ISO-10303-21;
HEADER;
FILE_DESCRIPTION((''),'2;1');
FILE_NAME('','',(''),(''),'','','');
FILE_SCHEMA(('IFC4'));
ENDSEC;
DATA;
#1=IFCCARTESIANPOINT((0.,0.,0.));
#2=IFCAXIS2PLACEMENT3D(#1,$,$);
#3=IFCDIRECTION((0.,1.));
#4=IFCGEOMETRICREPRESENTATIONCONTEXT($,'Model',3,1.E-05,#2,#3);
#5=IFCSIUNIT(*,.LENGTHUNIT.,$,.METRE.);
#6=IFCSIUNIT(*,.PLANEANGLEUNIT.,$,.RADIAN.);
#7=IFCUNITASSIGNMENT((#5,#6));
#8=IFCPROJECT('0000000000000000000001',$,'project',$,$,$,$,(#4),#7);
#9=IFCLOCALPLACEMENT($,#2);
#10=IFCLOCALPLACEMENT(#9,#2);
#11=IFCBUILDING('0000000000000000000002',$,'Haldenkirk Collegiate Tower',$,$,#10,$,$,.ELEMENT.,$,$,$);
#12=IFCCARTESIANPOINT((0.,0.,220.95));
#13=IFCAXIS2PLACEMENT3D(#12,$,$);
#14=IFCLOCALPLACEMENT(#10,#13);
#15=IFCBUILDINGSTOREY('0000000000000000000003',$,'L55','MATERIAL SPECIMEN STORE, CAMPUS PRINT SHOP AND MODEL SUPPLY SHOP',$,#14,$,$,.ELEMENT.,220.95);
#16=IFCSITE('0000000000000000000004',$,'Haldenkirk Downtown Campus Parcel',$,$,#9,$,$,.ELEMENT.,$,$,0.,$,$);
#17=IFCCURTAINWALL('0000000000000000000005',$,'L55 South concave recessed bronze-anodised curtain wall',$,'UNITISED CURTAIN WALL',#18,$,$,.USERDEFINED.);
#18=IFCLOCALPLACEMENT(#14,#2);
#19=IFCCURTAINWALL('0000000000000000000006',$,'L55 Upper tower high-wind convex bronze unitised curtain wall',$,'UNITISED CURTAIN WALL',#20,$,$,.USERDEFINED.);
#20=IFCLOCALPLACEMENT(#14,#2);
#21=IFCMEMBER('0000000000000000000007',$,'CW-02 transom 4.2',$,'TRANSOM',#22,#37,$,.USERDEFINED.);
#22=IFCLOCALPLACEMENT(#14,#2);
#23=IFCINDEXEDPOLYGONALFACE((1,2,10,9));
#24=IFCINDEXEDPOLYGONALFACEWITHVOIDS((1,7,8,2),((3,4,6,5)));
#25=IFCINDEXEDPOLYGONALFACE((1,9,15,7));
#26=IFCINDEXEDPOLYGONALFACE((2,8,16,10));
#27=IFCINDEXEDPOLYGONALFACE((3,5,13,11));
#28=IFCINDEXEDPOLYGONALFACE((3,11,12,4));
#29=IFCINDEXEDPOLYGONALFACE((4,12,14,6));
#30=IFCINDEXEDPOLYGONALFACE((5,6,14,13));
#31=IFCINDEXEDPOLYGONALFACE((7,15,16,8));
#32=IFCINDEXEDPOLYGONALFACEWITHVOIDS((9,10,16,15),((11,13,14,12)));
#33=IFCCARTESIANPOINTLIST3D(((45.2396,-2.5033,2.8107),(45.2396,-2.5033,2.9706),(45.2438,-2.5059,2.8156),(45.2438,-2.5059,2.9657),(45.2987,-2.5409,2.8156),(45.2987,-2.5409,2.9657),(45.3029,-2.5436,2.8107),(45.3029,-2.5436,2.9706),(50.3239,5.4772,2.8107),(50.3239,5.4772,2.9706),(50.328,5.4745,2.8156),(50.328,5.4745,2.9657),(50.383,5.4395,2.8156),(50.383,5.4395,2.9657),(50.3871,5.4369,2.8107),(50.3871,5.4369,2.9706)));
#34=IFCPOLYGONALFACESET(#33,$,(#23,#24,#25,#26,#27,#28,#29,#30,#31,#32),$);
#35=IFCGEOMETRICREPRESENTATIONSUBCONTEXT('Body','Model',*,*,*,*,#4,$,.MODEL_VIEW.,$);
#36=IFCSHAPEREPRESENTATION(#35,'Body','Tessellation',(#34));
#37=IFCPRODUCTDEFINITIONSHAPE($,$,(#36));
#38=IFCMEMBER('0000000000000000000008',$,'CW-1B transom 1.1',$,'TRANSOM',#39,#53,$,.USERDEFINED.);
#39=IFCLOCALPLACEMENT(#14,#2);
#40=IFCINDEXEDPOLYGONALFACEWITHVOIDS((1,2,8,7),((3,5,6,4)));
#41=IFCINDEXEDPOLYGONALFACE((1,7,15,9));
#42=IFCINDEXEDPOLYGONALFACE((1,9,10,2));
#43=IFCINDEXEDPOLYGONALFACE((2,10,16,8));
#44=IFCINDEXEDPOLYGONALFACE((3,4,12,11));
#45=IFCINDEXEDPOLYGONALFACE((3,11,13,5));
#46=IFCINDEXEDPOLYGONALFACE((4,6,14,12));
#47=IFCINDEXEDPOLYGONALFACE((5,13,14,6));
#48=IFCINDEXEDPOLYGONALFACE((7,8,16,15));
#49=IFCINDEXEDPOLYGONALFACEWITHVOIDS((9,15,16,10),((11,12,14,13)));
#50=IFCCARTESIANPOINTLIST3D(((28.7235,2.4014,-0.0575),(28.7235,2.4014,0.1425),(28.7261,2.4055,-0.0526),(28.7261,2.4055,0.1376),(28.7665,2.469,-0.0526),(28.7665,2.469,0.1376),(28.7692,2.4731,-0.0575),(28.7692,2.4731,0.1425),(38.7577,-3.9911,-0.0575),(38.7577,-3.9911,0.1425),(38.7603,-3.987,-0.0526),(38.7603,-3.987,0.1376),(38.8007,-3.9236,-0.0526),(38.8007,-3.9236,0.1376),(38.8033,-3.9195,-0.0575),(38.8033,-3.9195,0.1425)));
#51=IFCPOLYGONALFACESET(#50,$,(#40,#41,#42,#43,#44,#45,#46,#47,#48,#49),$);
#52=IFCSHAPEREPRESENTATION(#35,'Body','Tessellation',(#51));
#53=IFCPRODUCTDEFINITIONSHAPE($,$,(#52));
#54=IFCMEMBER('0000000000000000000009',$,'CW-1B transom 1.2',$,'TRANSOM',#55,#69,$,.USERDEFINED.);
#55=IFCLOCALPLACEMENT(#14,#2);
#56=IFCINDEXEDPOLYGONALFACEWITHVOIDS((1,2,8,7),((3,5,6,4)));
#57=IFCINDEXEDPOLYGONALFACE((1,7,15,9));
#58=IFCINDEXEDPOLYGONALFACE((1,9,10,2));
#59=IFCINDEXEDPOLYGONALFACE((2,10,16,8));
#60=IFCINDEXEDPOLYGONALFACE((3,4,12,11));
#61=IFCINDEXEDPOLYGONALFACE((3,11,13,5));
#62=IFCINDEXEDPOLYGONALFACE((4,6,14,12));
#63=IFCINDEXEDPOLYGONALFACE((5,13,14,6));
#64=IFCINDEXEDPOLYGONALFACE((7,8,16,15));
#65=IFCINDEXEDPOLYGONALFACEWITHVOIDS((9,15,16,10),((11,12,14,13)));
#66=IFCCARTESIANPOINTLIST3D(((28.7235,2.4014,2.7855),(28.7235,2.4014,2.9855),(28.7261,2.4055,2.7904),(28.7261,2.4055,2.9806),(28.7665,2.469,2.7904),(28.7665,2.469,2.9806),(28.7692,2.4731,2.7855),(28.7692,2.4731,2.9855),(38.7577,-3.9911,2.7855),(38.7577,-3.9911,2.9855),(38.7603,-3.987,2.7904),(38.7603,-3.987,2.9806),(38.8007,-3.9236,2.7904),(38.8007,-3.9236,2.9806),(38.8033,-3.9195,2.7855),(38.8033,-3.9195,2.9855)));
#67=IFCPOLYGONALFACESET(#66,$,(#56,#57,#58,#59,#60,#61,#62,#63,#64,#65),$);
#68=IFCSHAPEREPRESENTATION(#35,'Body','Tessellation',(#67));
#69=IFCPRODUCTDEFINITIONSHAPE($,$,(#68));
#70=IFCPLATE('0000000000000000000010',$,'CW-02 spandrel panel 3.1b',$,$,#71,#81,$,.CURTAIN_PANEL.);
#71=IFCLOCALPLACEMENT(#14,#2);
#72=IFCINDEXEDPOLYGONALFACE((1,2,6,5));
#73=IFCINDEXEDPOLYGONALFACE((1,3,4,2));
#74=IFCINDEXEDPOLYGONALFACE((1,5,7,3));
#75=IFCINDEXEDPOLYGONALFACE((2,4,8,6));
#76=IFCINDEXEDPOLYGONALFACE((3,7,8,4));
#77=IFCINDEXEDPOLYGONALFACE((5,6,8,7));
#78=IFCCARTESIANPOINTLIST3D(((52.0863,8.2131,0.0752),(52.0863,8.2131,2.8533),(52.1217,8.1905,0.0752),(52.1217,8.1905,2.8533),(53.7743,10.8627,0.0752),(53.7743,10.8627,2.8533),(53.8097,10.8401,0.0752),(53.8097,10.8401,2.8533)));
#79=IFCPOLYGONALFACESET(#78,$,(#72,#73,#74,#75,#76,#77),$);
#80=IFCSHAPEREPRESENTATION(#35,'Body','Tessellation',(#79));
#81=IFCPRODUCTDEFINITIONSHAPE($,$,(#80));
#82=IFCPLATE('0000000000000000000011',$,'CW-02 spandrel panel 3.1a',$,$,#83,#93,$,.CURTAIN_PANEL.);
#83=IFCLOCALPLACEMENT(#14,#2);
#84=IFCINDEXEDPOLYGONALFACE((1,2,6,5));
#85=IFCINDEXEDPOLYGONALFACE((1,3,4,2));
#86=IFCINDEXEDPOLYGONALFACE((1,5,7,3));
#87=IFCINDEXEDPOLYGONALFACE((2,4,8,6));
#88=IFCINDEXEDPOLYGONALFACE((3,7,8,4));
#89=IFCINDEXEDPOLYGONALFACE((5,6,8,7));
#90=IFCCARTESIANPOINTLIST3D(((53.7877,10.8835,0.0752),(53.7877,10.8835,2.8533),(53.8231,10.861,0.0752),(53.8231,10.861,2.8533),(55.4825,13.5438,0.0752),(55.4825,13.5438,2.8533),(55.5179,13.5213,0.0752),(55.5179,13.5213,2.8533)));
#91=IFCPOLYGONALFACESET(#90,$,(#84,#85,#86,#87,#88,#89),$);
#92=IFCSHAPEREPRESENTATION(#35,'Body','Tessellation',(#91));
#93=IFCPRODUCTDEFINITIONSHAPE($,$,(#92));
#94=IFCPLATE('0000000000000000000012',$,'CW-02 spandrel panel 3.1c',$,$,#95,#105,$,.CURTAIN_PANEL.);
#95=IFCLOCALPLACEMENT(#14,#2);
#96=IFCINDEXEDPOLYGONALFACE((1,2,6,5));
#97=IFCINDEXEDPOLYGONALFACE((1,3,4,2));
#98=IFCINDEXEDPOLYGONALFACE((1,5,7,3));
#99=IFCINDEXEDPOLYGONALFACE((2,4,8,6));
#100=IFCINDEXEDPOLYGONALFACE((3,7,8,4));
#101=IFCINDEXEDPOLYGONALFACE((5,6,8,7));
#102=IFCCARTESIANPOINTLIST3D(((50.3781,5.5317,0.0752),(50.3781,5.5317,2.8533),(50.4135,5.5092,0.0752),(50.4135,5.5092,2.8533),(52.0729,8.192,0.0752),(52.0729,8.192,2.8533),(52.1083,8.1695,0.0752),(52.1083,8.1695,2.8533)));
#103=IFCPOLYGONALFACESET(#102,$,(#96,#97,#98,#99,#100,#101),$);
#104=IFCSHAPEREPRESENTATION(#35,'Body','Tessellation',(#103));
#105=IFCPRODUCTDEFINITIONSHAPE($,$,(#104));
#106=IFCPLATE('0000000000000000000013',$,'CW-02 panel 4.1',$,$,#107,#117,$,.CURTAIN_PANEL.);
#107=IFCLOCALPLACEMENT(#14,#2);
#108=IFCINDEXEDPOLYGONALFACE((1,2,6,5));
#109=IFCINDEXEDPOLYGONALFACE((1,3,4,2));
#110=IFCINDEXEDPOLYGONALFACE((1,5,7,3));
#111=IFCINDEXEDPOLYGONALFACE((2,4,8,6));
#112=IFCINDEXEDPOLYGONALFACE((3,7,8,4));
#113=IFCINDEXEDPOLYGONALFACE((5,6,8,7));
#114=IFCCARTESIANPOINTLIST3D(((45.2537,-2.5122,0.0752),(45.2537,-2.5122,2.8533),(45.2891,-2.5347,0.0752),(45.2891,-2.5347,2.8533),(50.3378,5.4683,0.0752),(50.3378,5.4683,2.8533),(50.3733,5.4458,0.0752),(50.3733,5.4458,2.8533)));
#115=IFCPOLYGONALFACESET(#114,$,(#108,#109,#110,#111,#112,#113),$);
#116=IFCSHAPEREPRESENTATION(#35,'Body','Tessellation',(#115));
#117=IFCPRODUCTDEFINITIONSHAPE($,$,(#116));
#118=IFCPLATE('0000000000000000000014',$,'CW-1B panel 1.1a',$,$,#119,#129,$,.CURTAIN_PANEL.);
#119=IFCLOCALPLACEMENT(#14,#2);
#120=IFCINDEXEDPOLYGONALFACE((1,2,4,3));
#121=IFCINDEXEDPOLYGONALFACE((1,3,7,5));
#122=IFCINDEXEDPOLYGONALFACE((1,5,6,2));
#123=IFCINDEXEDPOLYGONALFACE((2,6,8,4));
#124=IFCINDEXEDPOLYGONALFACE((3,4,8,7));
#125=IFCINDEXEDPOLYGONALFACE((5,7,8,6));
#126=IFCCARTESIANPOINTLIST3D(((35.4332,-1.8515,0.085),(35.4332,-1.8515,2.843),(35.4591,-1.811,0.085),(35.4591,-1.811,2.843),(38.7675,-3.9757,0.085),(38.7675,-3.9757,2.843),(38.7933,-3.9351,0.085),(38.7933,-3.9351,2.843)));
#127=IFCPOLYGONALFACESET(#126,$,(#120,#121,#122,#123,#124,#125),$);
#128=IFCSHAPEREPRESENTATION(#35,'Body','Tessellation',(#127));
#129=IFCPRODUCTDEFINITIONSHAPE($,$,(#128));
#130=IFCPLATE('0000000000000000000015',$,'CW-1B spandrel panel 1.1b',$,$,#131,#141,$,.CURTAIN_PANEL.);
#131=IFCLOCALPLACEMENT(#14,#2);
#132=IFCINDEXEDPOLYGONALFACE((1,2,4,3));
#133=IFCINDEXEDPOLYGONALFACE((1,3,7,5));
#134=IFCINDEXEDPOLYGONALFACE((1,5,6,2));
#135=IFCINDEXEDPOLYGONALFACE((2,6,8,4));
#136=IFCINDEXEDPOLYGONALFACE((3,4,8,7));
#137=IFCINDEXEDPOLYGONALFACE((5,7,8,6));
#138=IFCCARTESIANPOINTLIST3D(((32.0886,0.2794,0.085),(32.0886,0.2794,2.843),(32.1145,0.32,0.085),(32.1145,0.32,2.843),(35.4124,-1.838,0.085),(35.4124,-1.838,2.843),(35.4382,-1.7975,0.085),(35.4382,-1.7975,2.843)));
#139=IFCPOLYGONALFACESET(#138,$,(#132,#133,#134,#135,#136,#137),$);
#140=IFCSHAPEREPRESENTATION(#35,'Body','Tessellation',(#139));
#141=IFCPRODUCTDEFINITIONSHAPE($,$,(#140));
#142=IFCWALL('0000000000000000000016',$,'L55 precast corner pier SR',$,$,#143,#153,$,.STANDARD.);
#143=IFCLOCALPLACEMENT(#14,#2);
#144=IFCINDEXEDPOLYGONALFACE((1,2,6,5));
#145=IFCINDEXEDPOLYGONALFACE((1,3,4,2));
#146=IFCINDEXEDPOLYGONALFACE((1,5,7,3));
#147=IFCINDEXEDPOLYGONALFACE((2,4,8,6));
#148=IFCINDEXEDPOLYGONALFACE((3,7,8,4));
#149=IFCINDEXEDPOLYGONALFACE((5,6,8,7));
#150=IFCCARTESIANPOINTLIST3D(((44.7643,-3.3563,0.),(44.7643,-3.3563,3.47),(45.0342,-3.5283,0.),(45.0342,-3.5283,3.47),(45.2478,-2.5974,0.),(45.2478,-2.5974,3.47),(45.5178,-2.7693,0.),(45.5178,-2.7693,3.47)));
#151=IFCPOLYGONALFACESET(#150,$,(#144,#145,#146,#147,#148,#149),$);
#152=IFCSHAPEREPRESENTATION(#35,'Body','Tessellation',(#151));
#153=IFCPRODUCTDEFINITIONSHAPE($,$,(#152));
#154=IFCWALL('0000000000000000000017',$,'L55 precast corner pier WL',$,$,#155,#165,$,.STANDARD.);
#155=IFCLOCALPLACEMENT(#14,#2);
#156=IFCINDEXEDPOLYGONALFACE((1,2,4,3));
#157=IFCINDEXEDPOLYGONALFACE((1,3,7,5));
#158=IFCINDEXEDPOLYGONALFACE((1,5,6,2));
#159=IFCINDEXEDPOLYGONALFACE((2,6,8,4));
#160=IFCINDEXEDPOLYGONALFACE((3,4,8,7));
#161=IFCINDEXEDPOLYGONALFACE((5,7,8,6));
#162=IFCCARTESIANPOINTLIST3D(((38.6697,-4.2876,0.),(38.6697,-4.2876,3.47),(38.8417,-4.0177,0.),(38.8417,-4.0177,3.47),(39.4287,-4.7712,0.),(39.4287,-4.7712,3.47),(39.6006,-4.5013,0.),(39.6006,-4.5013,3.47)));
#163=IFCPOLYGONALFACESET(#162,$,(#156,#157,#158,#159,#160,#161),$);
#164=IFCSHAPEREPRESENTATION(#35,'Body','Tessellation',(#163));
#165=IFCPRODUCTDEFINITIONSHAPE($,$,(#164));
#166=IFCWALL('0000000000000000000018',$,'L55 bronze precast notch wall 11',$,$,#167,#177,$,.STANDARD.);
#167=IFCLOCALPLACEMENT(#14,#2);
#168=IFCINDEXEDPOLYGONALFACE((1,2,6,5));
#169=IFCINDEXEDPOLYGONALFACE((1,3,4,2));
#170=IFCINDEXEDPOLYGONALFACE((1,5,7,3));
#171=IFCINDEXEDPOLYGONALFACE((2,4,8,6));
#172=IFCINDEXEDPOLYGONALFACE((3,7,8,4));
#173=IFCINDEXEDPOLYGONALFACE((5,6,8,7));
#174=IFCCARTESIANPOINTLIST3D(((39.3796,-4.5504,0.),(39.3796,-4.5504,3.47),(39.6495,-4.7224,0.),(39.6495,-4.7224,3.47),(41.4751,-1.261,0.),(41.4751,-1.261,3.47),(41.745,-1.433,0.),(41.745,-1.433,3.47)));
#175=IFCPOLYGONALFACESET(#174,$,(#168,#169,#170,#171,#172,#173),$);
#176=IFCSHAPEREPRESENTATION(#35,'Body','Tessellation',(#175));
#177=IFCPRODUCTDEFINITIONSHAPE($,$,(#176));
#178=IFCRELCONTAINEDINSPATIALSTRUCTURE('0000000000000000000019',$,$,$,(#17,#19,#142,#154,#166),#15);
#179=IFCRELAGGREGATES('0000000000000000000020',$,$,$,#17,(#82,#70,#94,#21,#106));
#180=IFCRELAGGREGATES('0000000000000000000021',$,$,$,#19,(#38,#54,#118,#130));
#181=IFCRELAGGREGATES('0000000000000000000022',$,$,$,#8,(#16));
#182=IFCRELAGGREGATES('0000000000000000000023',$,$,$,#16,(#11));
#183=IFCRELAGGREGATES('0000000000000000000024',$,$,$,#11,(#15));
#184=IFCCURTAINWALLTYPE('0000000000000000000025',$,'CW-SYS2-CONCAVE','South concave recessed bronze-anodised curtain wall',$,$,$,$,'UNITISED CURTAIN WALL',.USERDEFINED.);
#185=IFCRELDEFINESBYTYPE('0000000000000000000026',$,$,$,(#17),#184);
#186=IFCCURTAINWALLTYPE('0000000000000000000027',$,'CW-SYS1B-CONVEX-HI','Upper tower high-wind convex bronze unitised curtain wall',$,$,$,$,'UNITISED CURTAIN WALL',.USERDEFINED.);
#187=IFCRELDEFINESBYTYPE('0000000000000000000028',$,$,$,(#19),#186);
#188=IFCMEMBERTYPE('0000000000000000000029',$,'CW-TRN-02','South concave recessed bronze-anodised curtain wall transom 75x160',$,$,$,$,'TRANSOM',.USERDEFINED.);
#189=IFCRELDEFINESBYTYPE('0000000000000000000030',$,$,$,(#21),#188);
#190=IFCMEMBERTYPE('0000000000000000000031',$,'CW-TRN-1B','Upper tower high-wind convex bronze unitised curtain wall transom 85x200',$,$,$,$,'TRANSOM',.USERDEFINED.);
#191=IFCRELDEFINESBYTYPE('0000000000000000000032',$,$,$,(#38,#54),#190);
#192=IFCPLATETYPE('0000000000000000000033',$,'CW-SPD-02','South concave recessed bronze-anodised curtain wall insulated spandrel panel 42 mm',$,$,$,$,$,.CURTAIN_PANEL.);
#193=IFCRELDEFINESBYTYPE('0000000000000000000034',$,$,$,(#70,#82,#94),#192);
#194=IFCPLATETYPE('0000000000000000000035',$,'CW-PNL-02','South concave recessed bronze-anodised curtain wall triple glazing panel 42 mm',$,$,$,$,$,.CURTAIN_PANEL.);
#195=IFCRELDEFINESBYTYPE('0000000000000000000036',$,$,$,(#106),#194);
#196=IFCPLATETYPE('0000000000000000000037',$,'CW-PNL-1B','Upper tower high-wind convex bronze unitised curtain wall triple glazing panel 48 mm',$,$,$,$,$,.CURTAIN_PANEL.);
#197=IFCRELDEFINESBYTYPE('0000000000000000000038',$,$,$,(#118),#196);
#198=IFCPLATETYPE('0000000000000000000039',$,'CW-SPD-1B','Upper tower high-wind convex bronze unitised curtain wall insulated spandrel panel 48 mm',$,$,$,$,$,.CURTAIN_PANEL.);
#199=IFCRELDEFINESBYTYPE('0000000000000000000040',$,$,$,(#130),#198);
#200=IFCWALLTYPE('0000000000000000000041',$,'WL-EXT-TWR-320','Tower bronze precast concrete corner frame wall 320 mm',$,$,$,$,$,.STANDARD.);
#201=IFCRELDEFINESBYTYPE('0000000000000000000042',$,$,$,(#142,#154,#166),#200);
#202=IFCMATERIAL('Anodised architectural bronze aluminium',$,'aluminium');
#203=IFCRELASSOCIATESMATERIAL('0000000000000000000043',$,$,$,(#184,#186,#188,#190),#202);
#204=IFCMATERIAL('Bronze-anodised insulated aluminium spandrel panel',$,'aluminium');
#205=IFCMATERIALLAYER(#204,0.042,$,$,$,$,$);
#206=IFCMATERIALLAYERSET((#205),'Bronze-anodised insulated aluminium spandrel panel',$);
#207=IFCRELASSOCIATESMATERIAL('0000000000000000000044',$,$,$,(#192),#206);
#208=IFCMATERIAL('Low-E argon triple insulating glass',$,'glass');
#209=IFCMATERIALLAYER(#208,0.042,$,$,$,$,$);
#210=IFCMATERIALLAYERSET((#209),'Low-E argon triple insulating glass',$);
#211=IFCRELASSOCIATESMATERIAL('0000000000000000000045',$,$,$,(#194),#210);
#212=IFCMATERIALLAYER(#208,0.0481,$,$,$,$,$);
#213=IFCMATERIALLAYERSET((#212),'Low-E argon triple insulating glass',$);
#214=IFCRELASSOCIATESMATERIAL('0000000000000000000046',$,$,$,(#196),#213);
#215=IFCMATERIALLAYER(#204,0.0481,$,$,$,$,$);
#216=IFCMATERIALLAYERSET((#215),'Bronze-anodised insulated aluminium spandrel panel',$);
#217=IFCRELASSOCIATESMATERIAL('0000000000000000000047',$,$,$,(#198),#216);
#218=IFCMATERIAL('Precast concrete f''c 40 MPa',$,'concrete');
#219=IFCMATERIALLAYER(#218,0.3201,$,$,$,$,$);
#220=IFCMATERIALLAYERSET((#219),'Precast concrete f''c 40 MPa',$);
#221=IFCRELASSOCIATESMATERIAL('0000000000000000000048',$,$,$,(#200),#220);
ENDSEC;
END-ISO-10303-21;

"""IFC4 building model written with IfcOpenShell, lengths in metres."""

from ifc_helpers import new_model, si_unit, direction, frame, frame_2d, origin, origin_2d, place, context, subcontext, project, spatial, rectangle, hollow_rectangle, extrude, source, transform, mapped, material, layer, layer_set, material_profile, profile_set, type_object, element, aggregate, save


model = new_model("IFC4")

# Units and contexts
model_context = context("Model", 3, precision=1e-05, world=origin(), true_north=direction((0.0, 1.0)))
body_context = subcontext(model_context, "Body", "Model", "MODEL_VIEW")
ifc_project = project(units=[si_unit("LENGTHUNIT", "METRE"), si_unit("PLANEANGLEUNIT", "RADIAN")], contexts=[model_context])

# Site, building, storey
site_placement = place(None, origin())
site = spatial("IfcSite", under=ifc_project, at=site_placement, Name="Haldenkirk Downtown Campus Parcel", CompositionType="ELEMENT", RefElevation=0.0)
building_placement = place(site_placement, origin())
building = spatial("IfcBuilding", under=site, at=building_placement, Name="Haldenkirk Collegiate Tower", CompositionType="ELEMENT")
storey_placement = place(building_placement, frame((0.0, 0.0, 220.95)))
storey = spatial("IfcBuildingStorey", under=building, at=storey_placement, Name="L55", Description="MATERIAL SPECIMEN STORE, CAMPUS PRINT SHOP AND MODEL SUPPLY SHOP", CompositionType="ELEMENT", Elevation=220.95)

# Curtain wall
ifc_material_1 = material(Name="Anodised architectural bronze aluminium", Category="aluminium")
curtain_wall_type_1 = type_object("IfcCurtainWallType", Name="CW-SYS2-CONCAVE", Description="South concave recessed bronze-anodised curtain wall", ElementType="UNITISED CURTAIN WALL", PredefinedType="USERDEFINED", material=ifc_material_1)
curtain_wall_1_placement = place(storey_placement, origin())
curtain_wall_1 = element("IfcCurtainWall", 1, at=curtain_wall_1_placement, inside=storey, type_object=curtain_wall_type_1, Name="L55 South concave recessed bronze-anodised curtain wall", ObjectType="UNITISED CURTAIN WALL", PredefinedType="USERDEFINED")

# Curtain wall
curtain_wall_type_2 = type_object("IfcCurtainWallType", Name="CW-SYS1B-CONVEX-HI", Description="Upper tower high-wind convex bronze unitised curtain wall", ElementType="UNITISED CURTAIN WALL", PredefinedType="USERDEFINED", material=ifc_material_1)
curtain_wall_2_placement = place(storey_placement, origin())
curtain_wall_2 = element("IfcCurtainWall", 2, at=curtain_wall_2_placement, inside=storey, type_object=curtain_wall_type_2, Name="L55 Upper tower high-wind convex bronze unitised curtain wall", ObjectType="UNITISED CURTAIN WALL", PredefinedType="USERDEFINED")

# Members
ifc_material_profile_1 = material_profile(ifc_material_1, hollow_rectangle(XDim=0.075, YDim=0.1599, WallThickness=0.0049, at=origin_2d()), Name="CW-TRN-02")
ifc_profile_set_1 = profile_set([ifc_material_profile_1], Name="Anodised architectural bronze aluminium")
member_type_1 = type_object("IfcMemberType", Name="CW-TRN-02", Description="South concave recessed bronze-anodised curtain wall transom 75x160", ElementType="TRANSOM", PredefinedType="USERDEFINED", material=ifc_profile_set_1)
member_1_placement = place(storey_placement, frame((50.3555, 5.457, 2.8906), z_axis=(-0.537308, -0.843386, 0.0), x_axis=(0.843386, -0.537308, 0.0)))
member_1 = element("IfcMember", 3, at=member_1_placement, type_object=member_type_1, Name="CW-02 transom 4.2", ObjectType="TRANSOM", PredefinedType="USERDEFINED", context=body_context, shape_type="SweptSolid", body=[
    extrude(hollow_rectangle(XDim=0.075, YDim=0.1599, WallThickness=0.0049, at=origin_2d()), origin(), (0.0, 0.0, 1.0), 9.4624),
])
ifc_material_profile_2 = material_profile(ifc_material_1, hollow_rectangle(XDim=0.085, YDim=0.2, WallThickness=0.0049, at=origin_2d()), Name="CW-TRN-1B")
ifc_profile_set_2 = profile_set([ifc_material_profile_2], Name="Anodised architectural bronze aluminium")
member_type_2 = type_object("IfcMemberType", Name="CW-TRN-1B", Description="Upper tower high-wind convex bronze unitised curtain wall transom 85x200", ElementType="TRANSOM", PredefinedType="USERDEFINED", material=ifc_profile_set_2)
member_2_placement = place(storey_placement, frame((38.7805, -3.9553, 0.0425), z_axis=(-0.843388, 0.537306, 0.0), x_axis=(-0.537306, -0.843388, 0.0)))
member_2 = element("IfcMember", 4, at=member_2_placement, type_object=member_type_2, Name="CW-1B transom 1.1", ObjectType="TRANSOM", PredefinedType="USERDEFINED", context=body_context, shape_type="SweptSolid", body=[
    extrude(hollow_rectangle(XDim=0.085, YDim=0.2, WallThickness=0.0049, at=origin_2d()), origin(), (0.0, 0.0, 1.0), 11.8975),
])
member_3_placement = place(storey_placement, frame((38.7805, -3.9553, 2.8855), z_axis=(-0.843388, 0.537306, 0.0), x_axis=(-0.537306, -0.843388, 0.0)))
member_3 = element("IfcMember", 5, at=member_3_placement, type_object=member_type_2, Name="CW-1B transom 1.2", ObjectType="TRANSOM", PredefinedType="USERDEFINED", context=body_context, shape_type="SweptSolid", body=[
    extrude(hollow_rectangle(XDim=0.085, YDim=0.2, WallThickness=0.0049, at=origin_2d()), origin(), (0.0, 0.0, 1.0), 11.8975),
])

# Plates
ifc_material_2 = material(Name="Bronze-anodised insulated aluminium spandrel panel", Category="aluminium")
ifc_layer_1 = layer(ifc_material_2, 0.042)
ifc_layer_set_1 = layer_set([ifc_layer_1], Name="Bronze-anodised insulated aluminium spandrel panel")
plate_type_1 = type_object("IfcPlateType", Name="CW-SPD-02", Description="South concave recessed bronze-anodised curtain wall insulated spandrel panel 42 mm", PredefinedType="CURTAIN_PANEL", material=ifc_layer_set_1)
shared_shape_1 = source(origin(), body_context, "Body", "SweptSolid", [
    extrude(rectangle(XDim=3.1416, YDim=0.042, at=origin_2d()), origin(), (0.0, 0.0, 1.0), 2.7781),
])
plate_1_placement = place(storey_placement, frame((52.948, 9.5266, 0.0752), z_axis=(0.0, 0.0, 1.0), x_axis=(-0.537301, -0.84339, 0.0)))
plate_1 = element("IfcPlate", 6, at=plate_1_placement, type_object=plate_type_1, Name="CW-02 spandrel panel 3.1b", PredefinedType="CURTAIN_PANEL", context=body_context, shape_type="MappedRepresentation", body=[
    mapped(shared_shape_1, transform((0.0, 0.0, 0.0), x_axis=(1.0, 0.0, 0.0), y_axis=(0.0, 1.0, 0.0), z_axis=(0.0, 0.0, 1.0), scale=1.0)),
])
shared_shape_2 = source(origin(), body_context, "Body", "SweptSolid", [
    extrude(rectangle(XDim=3.1543, YDim=0.042, at=origin_2d()), origin(), (0.0, 0.0, 1.0), 2.7781),
])
plate_2_placement = place(storey_placement, frame((54.6528, 12.2024, 0.0752), z_axis=(0.0, 0.0, 1.0), x_axis=(-0.537301, -0.84339, 0.0)))
plate_2 = element("IfcPlate", 7, at=plate_2_placement, type_object=plate_type_1, Name="CW-02 spandrel panel 3.1a", PredefinedType="CURTAIN_PANEL", context=body_context, shape_type="MappedRepresentation", body=[
    mapped(shared_shape_2, transform((0.0, 0.0, 0.0), x_axis=(1.0, 0.0, 0.0), y_axis=(0.0, 1.0, 0.0), z_axis=(0.0, 0.0, 1.0), scale=1.0)),
])
plate_3_placement = place(storey_placement, frame((51.2432, 6.8506, 0.0752), z_axis=(0.0, 0.0, 1.0), x_axis=(-0.537301, -0.84339, 0.0)))
plate_3 = element("IfcPlate", 8, at=plate_3_placement, type_object=plate_type_1, Name="CW-02 spandrel panel 3.1c", PredefinedType="CURTAIN_PANEL", context=body_context, shape_type="MappedRepresentation", body=[
    mapped(shared_shape_2, transform((0.0, 0.0, 0.0), x_axis=(1.0, 0.0, 0.0), y_axis=(0.0, 1.0, 0.0), z_axis=(0.0, 0.0, 1.0), scale=1.0)),
])
ifc_material_3 = material(Name="Low-E argon triple insulating glass", Category="glass")
ifc_layer_2 = layer(ifc_material_3, 0.042)
ifc_layer_set_2 = layer_set([ifc_layer_2], Name="Low-E argon triple insulating glass")
plate_type_2 = type_object("IfcPlateType", Name="CW-PNL-02", Description="South concave recessed bronze-anodised curtain wall triple glazing panel 42 mm", PredefinedType="CURTAIN_PANEL", material=ifc_layer_set_2)
shared_shape_3 = source(origin(), body_context, "Body", "SweptSolid", [
    extrude(rectangle(XDim=9.4624, YDim=0.042, at=origin_2d()), origin(), (0.0, 0.0, 1.0), 2.7781),
])
plate_4_placement = place(storey_placement, frame((47.8135, 1.4668, 0.0752), z_axis=(0.0, 0.0, 1.0), x_axis=(-0.537301, -0.84339, 0.0)))
plate_4 = element("IfcPlate", 9, at=plate_4_placement, type_object=plate_type_2, Name="CW-02 panel 4.1", PredefinedType="CURTAIN_PANEL", context=body_context, shape_type="MappedRepresentation", body=[
    mapped(shared_shape_3, transform((0.0, 0.0, 0.0), x_axis=(1.0, 0.0, 0.0), y_axis=(0.0, 1.0, 0.0), z_axis=(0.0, 0.0, 1.0), scale=1.0)),
])
aggregate(curtain_wall_1, [plate_2, plate_1, plate_3, member_1, plate_4])
ifc_layer_3 = layer(ifc_material_3, 0.0481)
ifc_layer_set_3 = layer_set([ifc_layer_3], Name="Low-E argon triple insulating glass")
plate_type_3 = type_object("IfcPlateType", Name="CW-PNL-1B", Description="Upper tower high-wind convex bronze unitised curtain wall triple glazing panel 48 mm", PredefinedType="CURTAIN_PANEL", material=ifc_layer_set_3)
shared_shape_4 = source(origin(), body_context, "Body", "SweptSolid", [
    extrude(rectangle(XDim=3.9534, YDim=0.0481, at=origin_2d()), origin(), (0.0, 0.0, 1.0), 2.7581),
])
plate_5_placement = place(storey_placement, frame((37.1133, -2.8933, 0.085), z_axis=(0.0, 0.0, 1.0), x_axis=(-0.843391, 0.537301, 0.0)))
plate_5 = element("IfcPlate", 10, at=plate_5_placement, type_object=plate_type_3, Name="CW-1B panel 1.1a", PredefinedType="CURTAIN_PANEL", context=body_context, shape_type="MappedRepresentation", body=[
    mapped(shared_shape_4, transform((0.0, 0.0, 0.0), x_axis=(1.0, 0.0, 0.0), y_axis=(0.0, 1.0, 0.0), z_axis=(0.0, 0.0, 1.0), scale=1.0)),
])
ifc_layer_4 = layer(ifc_material_2, 0.0481)
ifc_layer_set_4 = layer_set([ifc_layer_4], Name="Bronze-anodised insulated aluminium spandrel panel")
plate_type_4 = type_object("IfcPlateType", Name="CW-SPD-1B", Description="Upper tower high-wind convex bronze unitised curtain wall insulated spandrel panel 48 mm", PredefinedType="CURTAIN_PANEL", material=ifc_layer_set_4)
shared_shape_5 = source(origin(), body_context, "Body", "SweptSolid", [
    extrude(rectangle(XDim=3.9409, YDim=0.0481, at=origin_2d()), origin(), (0.0, 0.0, 1.0), 2.7581),
])
plate_6_placement = place(storey_placement, frame((33.7634, -0.759, 0.085), z_axis=(0.0, 0.0, 1.0), x_axis=(-0.843391, 0.537301, 0.0)))
plate_6 = element("IfcPlate", 11, at=plate_6_placement, type_object=plate_type_4, Name="CW-1B spandrel panel 1.1b", PredefinedType="CURTAIN_PANEL", context=body_context, shape_type="MappedRepresentation", body=[
    mapped(shared_shape_5, transform((0.0, 0.0, 0.0), x_axis=(1.0, 0.0, 0.0), y_axis=(0.0, 1.0, 0.0), z_axis=(0.0, 0.0, 1.0), scale=1.0)),
])
aggregate(curtain_wall_2, [member_2, member_3, plate_5, plate_6])

# Walls
ifc_material_4 = material(Name="Precast concrete f'c 40 MPa", Category="concrete")
ifc_layer_5 = layer(ifc_material_4, 0.3201)
ifc_layer_set_5 = layer_set([ifc_layer_5], Name="Precast concrete f'c 40 MPa")
wall_type_1 = type_object("IfcWallType", Name="WL-EXT-TWR-320", Description="Tower bronze precast concrete corner frame wall 320 mm", PredefinedType="STANDARD", material=ifc_layer_set_5)
for number, where, z_axis, x_axis, name in (
    (12, (45.3828, -2.6833, 0.0), (0.0, 0.0, 1.0), (-0.537367, -0.843349, 0.0), "L55 precast corner pier SR"),
    (13, (39.5146, -4.6362, 0.0), (0.0, 0.0, 1.0), (-0.843349, 0.537367, 0.0), "L55 precast corner pier WL"),
):
    element("IfcWall", number, at=place(storey_placement, frame(where, z_axis=z_axis, x_axis=x_axis)), inside=storey, type_object=wall_type_1, Name=name, PredefinedType="STANDARD", context=body_context, shape_type="SweptSolid", body=[
        extrude(rectangle(XDim=0.8999, YDim=0.3201, at=frame_2d((0.45, 0.0))), origin(), (0.0, 0.0, 1.0), 3.47),
    ])
wall_1_placement = place(storey_placement, frame((41.6101, -1.3469, 0.0), z_axis=(0.0, 0.0, 1.0), x_axis=(-0.537289, -0.843398, 0.0)))
element("IfcWall", 14, at=wall_1_placement, inside=storey, type_object=wall_type_1, Name="L55 bronze precast notch wall 11", PredefinedType="STANDARD", context=body_context, shape_type="SweptSolid", body=[
    extrude(rectangle(XDim=3.9001, YDim=0.3201, at=frame_2d((1.9502, 0.0))), origin(), (0.0, 0.0, 1.0), 3.47),
])

save(model, "model.ifc")
